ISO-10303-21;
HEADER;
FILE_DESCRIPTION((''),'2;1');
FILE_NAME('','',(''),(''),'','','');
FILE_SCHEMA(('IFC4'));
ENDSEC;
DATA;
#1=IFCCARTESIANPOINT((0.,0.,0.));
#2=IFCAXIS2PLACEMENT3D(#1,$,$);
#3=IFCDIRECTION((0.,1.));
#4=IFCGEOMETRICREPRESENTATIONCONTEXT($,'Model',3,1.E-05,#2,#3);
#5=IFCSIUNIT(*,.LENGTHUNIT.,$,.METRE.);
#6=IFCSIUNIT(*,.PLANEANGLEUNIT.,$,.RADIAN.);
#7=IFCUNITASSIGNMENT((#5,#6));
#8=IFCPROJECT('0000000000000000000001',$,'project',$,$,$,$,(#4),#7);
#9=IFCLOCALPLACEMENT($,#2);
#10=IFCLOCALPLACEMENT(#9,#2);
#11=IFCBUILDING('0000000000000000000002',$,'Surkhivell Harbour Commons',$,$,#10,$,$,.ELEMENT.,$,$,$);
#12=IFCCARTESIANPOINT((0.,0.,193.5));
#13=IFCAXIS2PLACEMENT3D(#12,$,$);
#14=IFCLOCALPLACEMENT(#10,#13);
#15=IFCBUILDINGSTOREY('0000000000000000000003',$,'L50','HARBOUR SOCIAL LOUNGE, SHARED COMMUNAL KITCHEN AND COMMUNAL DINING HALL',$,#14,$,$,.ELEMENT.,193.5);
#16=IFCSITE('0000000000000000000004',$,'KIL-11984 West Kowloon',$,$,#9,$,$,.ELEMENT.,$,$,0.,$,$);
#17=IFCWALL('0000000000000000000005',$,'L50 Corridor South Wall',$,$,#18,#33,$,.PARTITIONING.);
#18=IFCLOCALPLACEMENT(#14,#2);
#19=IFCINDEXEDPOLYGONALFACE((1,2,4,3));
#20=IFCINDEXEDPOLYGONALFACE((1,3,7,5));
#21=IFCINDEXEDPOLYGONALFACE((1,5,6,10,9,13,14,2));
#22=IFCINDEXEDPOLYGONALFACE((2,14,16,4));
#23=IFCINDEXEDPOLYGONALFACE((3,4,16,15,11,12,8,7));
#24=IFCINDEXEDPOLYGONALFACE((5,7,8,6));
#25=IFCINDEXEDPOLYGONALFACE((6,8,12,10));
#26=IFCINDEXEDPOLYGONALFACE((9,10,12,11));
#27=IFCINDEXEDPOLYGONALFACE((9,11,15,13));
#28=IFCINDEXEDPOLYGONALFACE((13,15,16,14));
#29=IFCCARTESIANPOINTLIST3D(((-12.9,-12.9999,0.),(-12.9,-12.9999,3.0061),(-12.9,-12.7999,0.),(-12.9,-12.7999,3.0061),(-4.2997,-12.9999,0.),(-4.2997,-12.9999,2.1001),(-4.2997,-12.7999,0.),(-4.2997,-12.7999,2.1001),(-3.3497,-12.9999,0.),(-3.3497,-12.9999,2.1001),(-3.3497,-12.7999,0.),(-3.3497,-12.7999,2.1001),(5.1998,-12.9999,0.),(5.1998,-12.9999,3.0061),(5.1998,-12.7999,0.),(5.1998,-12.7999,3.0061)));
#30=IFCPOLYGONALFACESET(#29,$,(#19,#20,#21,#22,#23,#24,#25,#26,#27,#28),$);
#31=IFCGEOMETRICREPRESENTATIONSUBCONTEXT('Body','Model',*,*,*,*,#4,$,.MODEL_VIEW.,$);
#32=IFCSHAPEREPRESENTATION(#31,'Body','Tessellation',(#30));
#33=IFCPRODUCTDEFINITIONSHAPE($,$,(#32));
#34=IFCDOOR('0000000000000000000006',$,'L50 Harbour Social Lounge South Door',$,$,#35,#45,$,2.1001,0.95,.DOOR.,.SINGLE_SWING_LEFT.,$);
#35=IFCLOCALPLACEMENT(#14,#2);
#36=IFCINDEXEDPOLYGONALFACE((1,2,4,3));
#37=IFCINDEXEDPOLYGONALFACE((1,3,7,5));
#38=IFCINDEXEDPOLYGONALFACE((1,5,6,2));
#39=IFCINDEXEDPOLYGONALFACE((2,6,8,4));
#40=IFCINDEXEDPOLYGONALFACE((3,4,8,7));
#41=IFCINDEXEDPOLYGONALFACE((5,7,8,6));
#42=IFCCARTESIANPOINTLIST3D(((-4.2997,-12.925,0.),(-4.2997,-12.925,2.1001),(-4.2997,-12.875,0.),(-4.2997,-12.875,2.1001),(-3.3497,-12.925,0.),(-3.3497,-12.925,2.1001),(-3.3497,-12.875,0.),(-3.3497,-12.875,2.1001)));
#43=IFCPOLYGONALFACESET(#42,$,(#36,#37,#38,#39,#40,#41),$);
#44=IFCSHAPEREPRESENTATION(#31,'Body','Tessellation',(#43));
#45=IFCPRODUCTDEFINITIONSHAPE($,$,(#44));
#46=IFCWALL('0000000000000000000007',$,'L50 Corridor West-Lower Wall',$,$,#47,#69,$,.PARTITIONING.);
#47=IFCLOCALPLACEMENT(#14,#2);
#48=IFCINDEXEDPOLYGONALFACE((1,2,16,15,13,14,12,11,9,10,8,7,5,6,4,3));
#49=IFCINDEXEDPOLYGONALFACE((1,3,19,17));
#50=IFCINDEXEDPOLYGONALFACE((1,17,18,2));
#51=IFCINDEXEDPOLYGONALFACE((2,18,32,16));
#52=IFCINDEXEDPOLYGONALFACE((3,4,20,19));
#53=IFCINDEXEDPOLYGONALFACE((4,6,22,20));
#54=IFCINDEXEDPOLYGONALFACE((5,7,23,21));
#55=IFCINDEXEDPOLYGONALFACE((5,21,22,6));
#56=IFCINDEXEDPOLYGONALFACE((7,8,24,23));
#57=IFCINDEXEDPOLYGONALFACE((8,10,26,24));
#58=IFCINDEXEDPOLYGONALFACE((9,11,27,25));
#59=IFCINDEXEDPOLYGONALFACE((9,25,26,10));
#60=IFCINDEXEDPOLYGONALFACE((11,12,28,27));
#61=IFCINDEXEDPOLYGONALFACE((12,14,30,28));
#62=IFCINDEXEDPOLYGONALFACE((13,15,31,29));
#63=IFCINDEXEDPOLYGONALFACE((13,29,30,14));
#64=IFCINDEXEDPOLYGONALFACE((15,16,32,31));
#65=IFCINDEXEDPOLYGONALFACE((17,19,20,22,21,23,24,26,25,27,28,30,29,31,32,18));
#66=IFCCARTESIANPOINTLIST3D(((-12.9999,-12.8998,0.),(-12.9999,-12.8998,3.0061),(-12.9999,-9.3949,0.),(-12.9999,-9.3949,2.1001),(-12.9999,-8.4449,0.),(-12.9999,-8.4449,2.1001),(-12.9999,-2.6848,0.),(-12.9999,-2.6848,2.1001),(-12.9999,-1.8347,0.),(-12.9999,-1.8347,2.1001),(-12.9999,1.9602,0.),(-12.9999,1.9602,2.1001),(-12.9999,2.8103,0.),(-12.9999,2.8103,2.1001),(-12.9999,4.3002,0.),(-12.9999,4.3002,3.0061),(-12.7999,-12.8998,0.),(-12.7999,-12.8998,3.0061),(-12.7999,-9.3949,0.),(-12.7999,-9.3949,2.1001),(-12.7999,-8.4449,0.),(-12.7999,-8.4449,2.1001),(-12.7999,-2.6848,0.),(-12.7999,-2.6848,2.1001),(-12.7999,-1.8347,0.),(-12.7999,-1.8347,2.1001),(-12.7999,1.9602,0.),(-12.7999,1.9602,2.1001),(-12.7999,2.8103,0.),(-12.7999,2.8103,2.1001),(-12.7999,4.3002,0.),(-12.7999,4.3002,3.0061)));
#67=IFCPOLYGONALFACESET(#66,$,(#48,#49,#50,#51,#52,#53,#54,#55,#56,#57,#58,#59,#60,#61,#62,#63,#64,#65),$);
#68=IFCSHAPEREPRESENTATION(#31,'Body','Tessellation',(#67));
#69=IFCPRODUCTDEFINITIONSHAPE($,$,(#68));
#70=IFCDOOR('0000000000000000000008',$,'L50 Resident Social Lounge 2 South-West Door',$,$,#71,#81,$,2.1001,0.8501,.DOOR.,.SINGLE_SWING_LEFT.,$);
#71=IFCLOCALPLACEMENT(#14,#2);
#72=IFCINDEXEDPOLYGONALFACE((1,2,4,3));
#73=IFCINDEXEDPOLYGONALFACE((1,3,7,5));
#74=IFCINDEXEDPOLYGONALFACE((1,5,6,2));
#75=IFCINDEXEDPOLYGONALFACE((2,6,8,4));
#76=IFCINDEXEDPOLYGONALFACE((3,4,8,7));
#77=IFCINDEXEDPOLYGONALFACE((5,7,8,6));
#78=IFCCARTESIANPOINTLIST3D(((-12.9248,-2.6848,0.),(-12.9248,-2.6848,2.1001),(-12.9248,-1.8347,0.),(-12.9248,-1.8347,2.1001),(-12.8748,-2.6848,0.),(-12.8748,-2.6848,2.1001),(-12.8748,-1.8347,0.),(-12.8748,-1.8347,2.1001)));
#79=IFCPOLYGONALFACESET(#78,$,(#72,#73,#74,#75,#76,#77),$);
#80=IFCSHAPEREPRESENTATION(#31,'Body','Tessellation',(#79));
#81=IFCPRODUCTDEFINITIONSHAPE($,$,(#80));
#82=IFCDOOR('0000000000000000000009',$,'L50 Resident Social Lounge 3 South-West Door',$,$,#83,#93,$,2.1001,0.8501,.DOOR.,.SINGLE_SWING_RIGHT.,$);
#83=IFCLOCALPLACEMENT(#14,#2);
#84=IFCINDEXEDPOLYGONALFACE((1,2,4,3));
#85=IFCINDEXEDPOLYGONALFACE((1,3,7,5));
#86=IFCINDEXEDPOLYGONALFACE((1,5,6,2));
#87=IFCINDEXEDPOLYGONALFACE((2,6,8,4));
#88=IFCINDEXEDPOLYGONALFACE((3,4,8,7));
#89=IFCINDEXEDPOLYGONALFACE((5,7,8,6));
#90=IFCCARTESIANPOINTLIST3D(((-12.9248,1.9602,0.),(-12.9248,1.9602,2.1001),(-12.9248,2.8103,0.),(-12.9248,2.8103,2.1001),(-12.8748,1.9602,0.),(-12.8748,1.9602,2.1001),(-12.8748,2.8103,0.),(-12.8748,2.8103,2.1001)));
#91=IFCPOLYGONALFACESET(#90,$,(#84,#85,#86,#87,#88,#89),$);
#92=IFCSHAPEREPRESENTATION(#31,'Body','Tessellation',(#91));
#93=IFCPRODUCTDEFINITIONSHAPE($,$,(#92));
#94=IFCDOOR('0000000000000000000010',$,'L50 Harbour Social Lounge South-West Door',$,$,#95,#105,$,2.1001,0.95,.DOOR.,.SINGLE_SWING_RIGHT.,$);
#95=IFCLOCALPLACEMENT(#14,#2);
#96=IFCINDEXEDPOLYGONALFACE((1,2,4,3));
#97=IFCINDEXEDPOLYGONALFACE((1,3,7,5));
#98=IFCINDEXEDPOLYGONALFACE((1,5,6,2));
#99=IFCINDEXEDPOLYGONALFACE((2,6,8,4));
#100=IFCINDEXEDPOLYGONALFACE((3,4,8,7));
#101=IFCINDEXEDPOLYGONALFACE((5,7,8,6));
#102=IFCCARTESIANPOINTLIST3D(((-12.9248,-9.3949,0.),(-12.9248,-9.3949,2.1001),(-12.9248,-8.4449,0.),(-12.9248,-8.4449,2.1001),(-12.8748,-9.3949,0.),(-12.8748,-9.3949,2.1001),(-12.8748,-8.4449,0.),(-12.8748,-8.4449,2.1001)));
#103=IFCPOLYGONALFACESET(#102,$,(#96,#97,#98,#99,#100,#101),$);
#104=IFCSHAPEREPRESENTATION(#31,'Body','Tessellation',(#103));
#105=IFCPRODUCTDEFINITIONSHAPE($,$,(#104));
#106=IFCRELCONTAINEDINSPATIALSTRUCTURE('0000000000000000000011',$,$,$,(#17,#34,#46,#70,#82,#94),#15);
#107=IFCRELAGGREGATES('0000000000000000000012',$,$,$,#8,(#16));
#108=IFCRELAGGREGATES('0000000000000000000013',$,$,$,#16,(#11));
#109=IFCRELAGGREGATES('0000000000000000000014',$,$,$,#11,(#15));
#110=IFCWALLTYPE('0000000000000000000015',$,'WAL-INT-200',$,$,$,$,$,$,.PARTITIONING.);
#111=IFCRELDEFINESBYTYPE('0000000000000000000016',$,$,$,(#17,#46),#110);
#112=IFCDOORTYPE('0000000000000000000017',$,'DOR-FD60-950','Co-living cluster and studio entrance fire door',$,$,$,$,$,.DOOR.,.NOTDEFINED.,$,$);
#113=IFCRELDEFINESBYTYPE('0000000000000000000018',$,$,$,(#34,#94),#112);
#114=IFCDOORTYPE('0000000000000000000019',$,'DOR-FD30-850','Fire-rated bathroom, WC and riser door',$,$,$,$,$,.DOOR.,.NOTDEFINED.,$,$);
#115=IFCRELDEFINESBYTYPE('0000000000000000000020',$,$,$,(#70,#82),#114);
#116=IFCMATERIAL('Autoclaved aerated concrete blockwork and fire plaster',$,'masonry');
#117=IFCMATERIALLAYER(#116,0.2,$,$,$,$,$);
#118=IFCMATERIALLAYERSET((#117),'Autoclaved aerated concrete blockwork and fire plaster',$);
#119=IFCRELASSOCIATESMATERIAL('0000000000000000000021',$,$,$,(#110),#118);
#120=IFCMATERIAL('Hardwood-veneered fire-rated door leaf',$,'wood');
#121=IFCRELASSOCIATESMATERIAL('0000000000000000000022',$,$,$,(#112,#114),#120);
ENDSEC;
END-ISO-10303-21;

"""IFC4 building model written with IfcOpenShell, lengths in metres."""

from ifc_helpers import new_model, si_unit, direction, frame, frame_2d, origin, place, context, subcontext, project, spatial, rectangle, extrude, material, layer, layer_set, type_object, element, fill, save


model = new_model("IFC4")

# Units and contexts
model_context = context("Model", 3, precision=1e-05, world=origin(), true_north=direction((0.0, 1.0)))
body_context = subcontext(model_context, "Body", "Model", "MODEL_VIEW")
ifc_project = project(units=[si_unit("LENGTHUNIT", "METRE"), si_unit("PLANEANGLEUNIT", "RADIAN")], contexts=[model_context])

# Site, building, storey
site_placement = place(None, origin())
site = spatial("IfcSite", under=ifc_project, at=site_placement, Name="KIL-11984 West Kowloon", CompositionType="ELEMENT", RefElevation=0.0)
building_placement = place(site_placement, origin())
building = spatial("IfcBuilding", under=site, at=building_placement, Name="Surkhivell Harbour Commons", CompositionType="ELEMENT")
storey_placement = place(building_placement, frame((0.0, 0.0, 193.5)))
storey = spatial("IfcBuildingStorey", under=building, at=storey_placement, Name="L50", Description="HARBOUR SOCIAL LOUNGE, SHARED COMMUNAL KITCHEN AND COMMUNAL DINING HALL", CompositionType="ELEMENT", Elevation=193.5)

# Wall, opening, door
ifc_material_1 = material(Name="Autoclaved aerated concrete blockwork and fire plaster", Category="masonry")
ifc_layer_1 = layer(ifc_material_1, 0.2)
ifc_layer_set_1 = layer_set([ifc_layer_1], Name="Autoclaved aerated concrete blockwork and fire plaster")
wall_type_1 = type_object("IfcWallType", Name="WAL-INT-200", PredefinedType="PARTITIONING", material=ifc_layer_set_1)
wall_1_placement = place(storey_placement, frame((-12.8999, -12.8999, 0.0), z_axis=(0.0, 0.0, 1.0), x_axis=(1.0, 0.0, 0.0)))
wall_1 = element("IfcWall", 1, at=wall_1_placement, inside=storey, type_object=wall_type_1, Name="L50 Corridor South Wall", PredefinedType="PARTITIONING", context=body_context, shape_type="SweptSolid", body=[
    extrude(rectangle(XDim=18.0999, YDim=0.2, at=frame_2d((9.0498, 0.0))), origin(), (0.0, 0.0, 1.0), 3.0061),
])
opening_1_placement = place(wall_1_placement, frame((8.6001, 0.0, 0.0)))
opening_1 = element("IfcOpeningElement", 2, at=opening_1_placement, cuts=wall_1, PredefinedType="OPENING", context=body_context, shape_type="SweptSolid", body=[
    extrude(rectangle(XDim=0.95, YDim=2.1001, at=frame_2d((0.4751, 1.05))), frame((0.0, 0.1099, 0.0), z_axis=(0.0, -1.0, 0.0), x_axis=(1.0, 0.0, 0.0)), (0.0, 0.0, 1.0), 0.22),
])
ifc_material_2 = material(Name="Hardwood-veneered fire-rated door leaf", Category="wood")
door_type_1 = type_object("IfcDoorType", Name="DOR-FD60-950", Description="Co-living cluster and studio entrance fire door", OperationType="NOTDEFINED", PredefinedType="DOOR", material=ifc_material_2)
door_1_placement = place(opening_1_placement, origin())
door_1 = element("IfcDoor", 3, at=door_1_placement, inside=storey, type_object=door_type_1, Name="L50 Harbour Social Lounge South Door", OperationType="SINGLE_SWING_LEFT", OverallHeight=2.1001, OverallWidth=0.95, PredefinedType="DOOR", context=body_context, shape_type="SweptSolid", body=[
    extrude(rectangle(XDim=0.95, YDim=2.1001, at=frame_2d((0.4751, 1.05))), frame((0.0, 0.0249, 0.0), z_axis=(0.0, -1.0, 0.0), x_axis=(1.0, 0.0, 0.0)), (0.0, 0.0, 1.0), 0.05),
])
fill(opening_1, door_1)

# Wall, openings, doors
wall_2_placement = place(storey_placement, frame((-12.8999, -12.8999, 0.0), z_axis=(0.0, 0.0, 1.0), x_axis=(0.0, 1.0, 0.0)))
wall_2 = element("IfcWall", 4, at=wall_2_placement, inside=storey, type_object=wall_type_1, Name="L50 Corridor West-Lower Wall", PredefinedType="PARTITIONING", context=body_context, shape_type="SweptSolid", body=[
    extrude(rectangle(XDim=17.2, YDim=0.2, at=frame_2d((8.6001, 0.0))), origin(), (0.0, 0.0, 1.0), 3.0061),
])
opening_2_placement = place(wall_2_placement, frame((3.5049, 0.0, 0.0)))
opening_2 = element("IfcOpeningElement", 5, at=opening_2_placement, cuts=wall_2, PredefinedType="OPENING", context=body_context, shape_type="SweptSolid", body=[
    extrude(rectangle(XDim=0.95, YDim=2.1001, at=frame_2d((0.4751, 1.05))), frame((0.0, 0.1099, 0.0), z_axis=(0.0, -1.0, 0.0), x_axis=(1.0, 0.0, 0.0)), (0.0, 0.0, 1.0), 0.22),
])
opening_3_placement = place(wall_2_placement, frame((10.2151, 0.0, 0.0)))
opening_3 = element("IfcOpeningElement", 6, at=opening_3_placement, cuts=wall_2, PredefinedType="OPENING", context=body_context, shape_type="SweptSolid", body=[
    extrude(rectangle(XDim=0.8501, YDim=2.1001, at=frame_2d((0.425, 1.05))), frame((0.0, 0.1099, 0.0), z_axis=(0.0, -1.0, 0.0), x_axis=(1.0, 0.0, 0.0)), (0.0, 0.0, 1.0), 0.22),
])
opening_4_placement = place(wall_2_placement, frame((14.8601, 0.0, 0.0)))
opening_4 = element("IfcOpeningElement", 7, at=opening_4_placement, cuts=wall_2, PredefinedType="OPENING", context=body_context, shape_type="SweptSolid", body=[
    extrude(rectangle(XDim=0.8501, YDim=2.1001, at=frame_2d((0.425, 1.05))), frame((0.0, 0.1099, 0.0), z_axis=(0.0, -1.0, 0.0), x_axis=(1.0, 0.0, 0.0)), (0.0, 0.0, 1.0), 0.22),
])
door_type_2 = type_object("IfcDoorType", Name="DOR-FD30-850", Description="Fire-rated bathroom, WC and riser door", OperationType="NOTDEFINED", PredefinedType="DOOR", material=ifc_material_2)
door_2_placement = place(opening_3_placement, origin())
door_2 = element("IfcDoor", 8, at=door_2_placement, inside=storey, type_object=door_type_2, Name="L50 Resident Social Lounge 2 South-West Door", OperationType="SINGLE_SWING_LEFT", OverallHeight=2.1001, OverallWidth=0.8501, PredefinedType="DOOR", context=body_context, shape_type="SweptSolid", body=[
    extrude(rectangle(XDim=0.8501, YDim=2.1001, at=frame_2d((0.425, 1.05))), frame((0.0, 0.0249, 0.0), z_axis=(0.0, -1.0, 0.0), x_axis=(1.0, 0.0, 0.0)), (0.0, 0.0, 1.0), 0.05),
])
fill(opening_3, door_2)
door_3_placement = place(opening_4_placement, origin())
door_3 = element("IfcDoor", 9, at=door_3_placement, inside=storey, type_object=door_type_2, Name="L50 Resident Social Lounge 3 South-West Door", OperationType="SINGLE_SWING_RIGHT", OverallHeight=2.1001, OverallWidth=0.8501, PredefinedType="DOOR", context=body_context, shape_type="SweptSolid", body=[
    extrude(rectangle(XDim=0.8501, YDim=2.1001, at=frame_2d((0.425, 1.05))), frame((0.0, 0.0249, 0.0), z_axis=(0.0, -1.0, 0.0), x_axis=(1.0, 0.0, 0.0)), (0.0, 0.0, 1.0), 0.05),
])
fill(opening_4, door_3)
door_4_placement = place(opening_2_placement, origin())
door_4 = element("IfcDoor", 10, at=door_4_placement, inside=storey, type_object=door_type_1, Name="L50 Harbour Social Lounge South-West Door", OperationType="SINGLE_SWING_RIGHT", OverallHeight=2.1001, OverallWidth=0.95, PredefinedType="DOOR", context=body_context, shape_type="SweptSolid", body=[
    extrude(rectangle(XDim=0.95, YDim=2.1001, at=frame_2d((0.4751, 1.05))), frame((0.0, 0.0249, 0.0), z_axis=(0.0, -1.0, 0.0), x_axis=(1.0, 0.0, 0.0)), (0.0, 0.0, 1.0), 0.05),
])
fill(opening_2, door_4)

save(model, "model.ifc")
